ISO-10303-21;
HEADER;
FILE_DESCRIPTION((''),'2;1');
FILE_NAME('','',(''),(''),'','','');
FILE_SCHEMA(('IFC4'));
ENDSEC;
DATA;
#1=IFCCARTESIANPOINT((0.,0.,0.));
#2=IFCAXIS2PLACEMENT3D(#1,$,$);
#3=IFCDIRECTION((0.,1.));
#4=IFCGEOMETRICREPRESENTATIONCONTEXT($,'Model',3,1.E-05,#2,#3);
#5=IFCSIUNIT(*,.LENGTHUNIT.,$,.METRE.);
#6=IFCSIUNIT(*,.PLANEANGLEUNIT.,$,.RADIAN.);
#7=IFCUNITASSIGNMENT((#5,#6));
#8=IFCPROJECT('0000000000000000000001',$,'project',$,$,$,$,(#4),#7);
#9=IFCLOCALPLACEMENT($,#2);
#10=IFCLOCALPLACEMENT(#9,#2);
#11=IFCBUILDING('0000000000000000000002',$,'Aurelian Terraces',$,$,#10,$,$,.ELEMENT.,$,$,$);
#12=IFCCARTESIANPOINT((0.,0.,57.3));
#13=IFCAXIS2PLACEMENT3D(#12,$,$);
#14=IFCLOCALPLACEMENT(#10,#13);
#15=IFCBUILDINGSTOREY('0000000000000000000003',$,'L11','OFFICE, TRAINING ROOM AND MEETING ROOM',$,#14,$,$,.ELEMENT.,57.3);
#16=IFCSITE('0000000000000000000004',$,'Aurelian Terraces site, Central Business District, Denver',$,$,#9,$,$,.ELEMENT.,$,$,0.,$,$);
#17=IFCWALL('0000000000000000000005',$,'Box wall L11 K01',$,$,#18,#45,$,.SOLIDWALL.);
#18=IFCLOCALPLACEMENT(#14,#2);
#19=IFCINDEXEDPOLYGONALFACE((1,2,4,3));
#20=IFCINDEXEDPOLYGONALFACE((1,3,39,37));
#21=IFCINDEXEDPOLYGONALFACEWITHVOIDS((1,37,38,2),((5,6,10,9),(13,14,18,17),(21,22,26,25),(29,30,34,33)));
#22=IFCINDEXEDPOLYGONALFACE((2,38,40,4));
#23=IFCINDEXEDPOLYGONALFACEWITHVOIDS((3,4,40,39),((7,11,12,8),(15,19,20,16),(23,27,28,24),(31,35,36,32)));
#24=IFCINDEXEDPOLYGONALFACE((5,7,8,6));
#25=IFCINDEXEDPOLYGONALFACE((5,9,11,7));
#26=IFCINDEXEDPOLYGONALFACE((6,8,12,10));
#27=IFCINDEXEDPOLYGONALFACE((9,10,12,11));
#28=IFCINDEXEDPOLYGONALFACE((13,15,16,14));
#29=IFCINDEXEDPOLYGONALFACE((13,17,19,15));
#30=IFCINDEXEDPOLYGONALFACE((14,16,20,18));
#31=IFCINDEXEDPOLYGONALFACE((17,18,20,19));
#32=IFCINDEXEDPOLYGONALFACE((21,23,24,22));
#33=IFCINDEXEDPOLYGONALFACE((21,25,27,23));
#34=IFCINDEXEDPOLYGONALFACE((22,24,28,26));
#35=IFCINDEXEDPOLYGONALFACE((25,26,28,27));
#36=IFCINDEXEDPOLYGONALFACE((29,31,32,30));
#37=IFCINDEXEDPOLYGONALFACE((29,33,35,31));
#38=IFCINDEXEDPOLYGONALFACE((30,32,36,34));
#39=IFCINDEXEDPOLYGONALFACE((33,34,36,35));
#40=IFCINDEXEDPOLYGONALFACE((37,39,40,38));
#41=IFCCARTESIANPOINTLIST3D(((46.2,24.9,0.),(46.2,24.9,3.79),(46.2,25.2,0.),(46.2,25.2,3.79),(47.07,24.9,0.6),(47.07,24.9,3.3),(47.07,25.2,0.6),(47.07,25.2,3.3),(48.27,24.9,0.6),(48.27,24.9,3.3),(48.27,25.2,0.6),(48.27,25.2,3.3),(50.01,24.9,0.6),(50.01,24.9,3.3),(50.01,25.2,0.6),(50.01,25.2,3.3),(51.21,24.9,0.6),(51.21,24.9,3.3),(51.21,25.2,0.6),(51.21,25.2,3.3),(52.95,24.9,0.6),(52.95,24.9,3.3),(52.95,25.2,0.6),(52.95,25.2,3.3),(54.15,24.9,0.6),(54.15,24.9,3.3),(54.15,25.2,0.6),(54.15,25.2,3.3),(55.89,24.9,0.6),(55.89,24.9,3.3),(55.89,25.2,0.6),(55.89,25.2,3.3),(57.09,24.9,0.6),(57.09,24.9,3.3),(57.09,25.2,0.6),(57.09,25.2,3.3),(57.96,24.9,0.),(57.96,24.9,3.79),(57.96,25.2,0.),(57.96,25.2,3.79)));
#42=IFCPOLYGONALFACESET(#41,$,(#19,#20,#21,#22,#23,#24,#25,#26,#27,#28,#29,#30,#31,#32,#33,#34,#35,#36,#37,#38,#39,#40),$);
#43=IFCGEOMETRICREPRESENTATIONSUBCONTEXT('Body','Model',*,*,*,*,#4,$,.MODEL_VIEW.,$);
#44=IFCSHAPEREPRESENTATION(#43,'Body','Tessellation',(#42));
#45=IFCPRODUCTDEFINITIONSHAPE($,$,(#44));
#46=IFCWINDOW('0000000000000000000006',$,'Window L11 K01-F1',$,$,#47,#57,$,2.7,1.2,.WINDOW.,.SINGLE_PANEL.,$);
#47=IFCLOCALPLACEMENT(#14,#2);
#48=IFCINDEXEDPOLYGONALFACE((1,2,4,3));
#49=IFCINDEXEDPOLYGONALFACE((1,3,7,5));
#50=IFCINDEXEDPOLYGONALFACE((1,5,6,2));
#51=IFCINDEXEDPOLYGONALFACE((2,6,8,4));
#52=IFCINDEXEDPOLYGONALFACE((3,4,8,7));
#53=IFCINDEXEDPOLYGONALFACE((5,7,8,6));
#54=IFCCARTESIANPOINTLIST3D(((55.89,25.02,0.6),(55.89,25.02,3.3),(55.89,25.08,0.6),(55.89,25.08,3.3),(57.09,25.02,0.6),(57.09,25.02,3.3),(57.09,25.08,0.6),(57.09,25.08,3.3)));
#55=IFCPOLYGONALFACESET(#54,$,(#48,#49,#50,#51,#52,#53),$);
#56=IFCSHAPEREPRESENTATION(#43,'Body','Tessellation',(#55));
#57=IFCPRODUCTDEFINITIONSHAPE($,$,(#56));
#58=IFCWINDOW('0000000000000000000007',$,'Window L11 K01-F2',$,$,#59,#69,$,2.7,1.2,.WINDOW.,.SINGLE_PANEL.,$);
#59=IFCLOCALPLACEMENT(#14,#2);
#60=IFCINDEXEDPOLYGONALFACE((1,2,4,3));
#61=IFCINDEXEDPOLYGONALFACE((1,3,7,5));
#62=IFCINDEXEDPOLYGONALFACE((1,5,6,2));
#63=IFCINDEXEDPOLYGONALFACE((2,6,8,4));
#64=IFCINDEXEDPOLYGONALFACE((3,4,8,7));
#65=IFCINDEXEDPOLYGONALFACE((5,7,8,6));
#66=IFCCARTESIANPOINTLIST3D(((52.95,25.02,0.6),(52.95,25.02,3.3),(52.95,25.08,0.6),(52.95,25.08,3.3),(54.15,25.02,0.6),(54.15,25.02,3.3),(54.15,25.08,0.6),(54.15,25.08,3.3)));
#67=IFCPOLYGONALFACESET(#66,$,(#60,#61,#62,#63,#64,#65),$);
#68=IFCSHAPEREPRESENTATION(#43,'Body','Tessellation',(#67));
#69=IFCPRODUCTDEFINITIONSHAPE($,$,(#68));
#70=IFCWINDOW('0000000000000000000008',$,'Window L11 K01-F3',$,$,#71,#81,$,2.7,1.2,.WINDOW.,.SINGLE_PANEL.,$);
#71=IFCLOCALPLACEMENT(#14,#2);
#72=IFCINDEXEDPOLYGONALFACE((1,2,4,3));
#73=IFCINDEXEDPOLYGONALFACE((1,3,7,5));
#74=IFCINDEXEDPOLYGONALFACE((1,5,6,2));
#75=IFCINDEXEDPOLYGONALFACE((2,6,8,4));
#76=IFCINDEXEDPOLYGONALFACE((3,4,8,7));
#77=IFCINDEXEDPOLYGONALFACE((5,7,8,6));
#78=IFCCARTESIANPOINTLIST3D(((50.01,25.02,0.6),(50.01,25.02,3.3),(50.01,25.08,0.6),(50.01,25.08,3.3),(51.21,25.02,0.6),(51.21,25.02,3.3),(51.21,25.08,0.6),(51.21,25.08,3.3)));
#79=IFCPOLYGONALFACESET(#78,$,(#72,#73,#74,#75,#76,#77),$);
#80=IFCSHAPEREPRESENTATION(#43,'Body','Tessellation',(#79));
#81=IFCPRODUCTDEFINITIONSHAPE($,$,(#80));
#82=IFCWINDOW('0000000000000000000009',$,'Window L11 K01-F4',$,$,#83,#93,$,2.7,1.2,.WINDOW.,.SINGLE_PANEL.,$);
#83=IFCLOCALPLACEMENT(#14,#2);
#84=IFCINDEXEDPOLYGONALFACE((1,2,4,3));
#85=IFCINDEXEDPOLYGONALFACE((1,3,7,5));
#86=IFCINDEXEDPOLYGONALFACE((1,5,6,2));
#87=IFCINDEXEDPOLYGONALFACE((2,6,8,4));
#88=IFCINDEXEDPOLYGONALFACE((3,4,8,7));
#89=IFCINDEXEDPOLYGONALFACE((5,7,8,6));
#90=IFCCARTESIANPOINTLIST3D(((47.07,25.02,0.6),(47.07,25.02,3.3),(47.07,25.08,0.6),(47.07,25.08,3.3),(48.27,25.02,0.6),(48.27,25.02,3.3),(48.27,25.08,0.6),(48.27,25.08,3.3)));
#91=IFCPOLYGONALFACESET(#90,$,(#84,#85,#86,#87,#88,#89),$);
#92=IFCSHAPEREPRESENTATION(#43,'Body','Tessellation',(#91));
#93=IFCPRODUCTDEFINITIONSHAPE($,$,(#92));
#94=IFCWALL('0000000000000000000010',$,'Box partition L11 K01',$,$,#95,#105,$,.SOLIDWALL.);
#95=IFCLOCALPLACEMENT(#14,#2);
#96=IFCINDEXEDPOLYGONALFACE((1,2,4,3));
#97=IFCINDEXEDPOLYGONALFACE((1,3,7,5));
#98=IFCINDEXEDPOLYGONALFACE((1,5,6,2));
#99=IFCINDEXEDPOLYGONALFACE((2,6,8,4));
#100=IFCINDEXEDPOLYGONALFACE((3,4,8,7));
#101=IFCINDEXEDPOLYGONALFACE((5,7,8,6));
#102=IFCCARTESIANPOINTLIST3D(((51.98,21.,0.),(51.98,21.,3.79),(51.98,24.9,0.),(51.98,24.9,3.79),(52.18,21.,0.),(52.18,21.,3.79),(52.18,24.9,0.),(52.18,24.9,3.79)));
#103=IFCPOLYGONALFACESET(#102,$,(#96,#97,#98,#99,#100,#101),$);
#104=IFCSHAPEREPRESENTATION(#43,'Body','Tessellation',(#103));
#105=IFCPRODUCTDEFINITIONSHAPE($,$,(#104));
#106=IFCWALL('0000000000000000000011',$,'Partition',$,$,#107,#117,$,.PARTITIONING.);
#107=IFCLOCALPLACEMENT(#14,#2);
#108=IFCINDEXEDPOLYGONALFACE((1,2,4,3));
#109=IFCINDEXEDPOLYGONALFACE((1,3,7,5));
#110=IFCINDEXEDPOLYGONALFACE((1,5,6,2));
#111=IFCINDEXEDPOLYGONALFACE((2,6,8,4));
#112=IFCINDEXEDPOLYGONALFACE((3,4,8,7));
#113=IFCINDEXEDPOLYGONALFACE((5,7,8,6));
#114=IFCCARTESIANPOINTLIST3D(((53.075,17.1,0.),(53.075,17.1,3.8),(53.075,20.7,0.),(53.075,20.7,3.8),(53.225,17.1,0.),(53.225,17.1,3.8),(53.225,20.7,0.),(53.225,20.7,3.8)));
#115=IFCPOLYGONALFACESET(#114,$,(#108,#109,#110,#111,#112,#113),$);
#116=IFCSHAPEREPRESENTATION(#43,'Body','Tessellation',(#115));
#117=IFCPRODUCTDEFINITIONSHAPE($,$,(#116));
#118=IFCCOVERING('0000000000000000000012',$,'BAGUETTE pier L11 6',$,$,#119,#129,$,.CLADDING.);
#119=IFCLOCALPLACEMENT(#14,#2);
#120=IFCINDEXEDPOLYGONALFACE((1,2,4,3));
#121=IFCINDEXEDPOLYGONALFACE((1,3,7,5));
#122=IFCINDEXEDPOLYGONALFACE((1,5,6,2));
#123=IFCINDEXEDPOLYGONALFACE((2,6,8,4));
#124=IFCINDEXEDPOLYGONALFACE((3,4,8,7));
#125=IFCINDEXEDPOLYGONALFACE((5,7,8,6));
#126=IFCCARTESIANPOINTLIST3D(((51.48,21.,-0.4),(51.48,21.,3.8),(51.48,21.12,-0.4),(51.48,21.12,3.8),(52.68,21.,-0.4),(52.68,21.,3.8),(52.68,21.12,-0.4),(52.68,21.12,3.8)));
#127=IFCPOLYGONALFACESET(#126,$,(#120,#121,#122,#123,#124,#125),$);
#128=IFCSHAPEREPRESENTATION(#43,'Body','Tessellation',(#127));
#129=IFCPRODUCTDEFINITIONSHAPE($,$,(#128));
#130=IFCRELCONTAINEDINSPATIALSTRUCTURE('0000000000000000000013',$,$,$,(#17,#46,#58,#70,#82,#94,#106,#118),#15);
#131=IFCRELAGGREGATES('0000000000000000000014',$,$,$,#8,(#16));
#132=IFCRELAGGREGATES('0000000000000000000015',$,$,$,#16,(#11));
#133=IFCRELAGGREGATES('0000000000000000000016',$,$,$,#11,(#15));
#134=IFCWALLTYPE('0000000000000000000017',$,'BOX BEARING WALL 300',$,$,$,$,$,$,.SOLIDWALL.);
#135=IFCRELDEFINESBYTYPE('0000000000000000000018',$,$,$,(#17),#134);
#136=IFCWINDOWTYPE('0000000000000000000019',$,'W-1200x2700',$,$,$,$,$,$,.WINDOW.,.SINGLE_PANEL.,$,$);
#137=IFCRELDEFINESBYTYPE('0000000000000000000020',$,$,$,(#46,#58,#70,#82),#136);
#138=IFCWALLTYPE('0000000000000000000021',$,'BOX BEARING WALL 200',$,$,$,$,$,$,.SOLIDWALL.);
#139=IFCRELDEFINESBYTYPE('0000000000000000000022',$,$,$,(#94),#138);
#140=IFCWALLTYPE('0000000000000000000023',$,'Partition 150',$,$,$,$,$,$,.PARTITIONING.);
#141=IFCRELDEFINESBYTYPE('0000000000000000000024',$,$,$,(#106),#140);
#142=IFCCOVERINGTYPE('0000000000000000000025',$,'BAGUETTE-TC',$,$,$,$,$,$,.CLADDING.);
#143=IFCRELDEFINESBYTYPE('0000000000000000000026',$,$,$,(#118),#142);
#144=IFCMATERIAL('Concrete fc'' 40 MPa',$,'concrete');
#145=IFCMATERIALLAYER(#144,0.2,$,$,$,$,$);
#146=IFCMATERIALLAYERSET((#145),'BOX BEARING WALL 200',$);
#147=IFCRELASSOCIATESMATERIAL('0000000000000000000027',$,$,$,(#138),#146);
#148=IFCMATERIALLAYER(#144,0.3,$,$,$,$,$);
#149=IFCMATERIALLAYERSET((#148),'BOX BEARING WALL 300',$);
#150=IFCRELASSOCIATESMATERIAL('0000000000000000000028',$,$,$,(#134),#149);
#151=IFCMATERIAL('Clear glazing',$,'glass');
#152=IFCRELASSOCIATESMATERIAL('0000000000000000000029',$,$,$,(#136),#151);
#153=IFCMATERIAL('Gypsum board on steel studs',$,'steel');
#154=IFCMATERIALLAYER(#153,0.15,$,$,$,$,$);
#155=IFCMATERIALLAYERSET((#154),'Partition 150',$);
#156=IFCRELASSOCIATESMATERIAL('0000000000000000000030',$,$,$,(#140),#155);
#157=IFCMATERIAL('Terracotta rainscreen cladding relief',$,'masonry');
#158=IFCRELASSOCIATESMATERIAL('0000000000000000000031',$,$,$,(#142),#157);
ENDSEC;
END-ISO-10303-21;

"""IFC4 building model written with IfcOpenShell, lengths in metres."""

from ifc_helpers import new_model, si_unit, direction, frame, frame_2d, origin, origin_2d, place, context, subcontext, project, spatial, rectangle, extrude, source, transform, mapped, material, layer, layer_set, type_object, element, fill, save


model = new_model("IFC4")

# Units and contexts
model_context = context("Model", 3, precision=1e-05, world=origin(), true_north=direction((0.0, 1.0)))
body_context = subcontext(model_context, "Body", "Model", "MODEL_VIEW")
ifc_project = project(units=[si_unit("LENGTHUNIT", "METRE"), si_unit("PLANEANGLEUNIT", "RADIAN")], contexts=[model_context])

# Site, building, storey
site_placement = place(None, origin())
site = spatial("IfcSite", under=ifc_project, at=site_placement, Name="Aurelian Terraces site, Central Business District, Denver", CompositionType="ELEMENT", RefElevation=0.0)
building_placement = place(site_placement, origin())
building = spatial("IfcBuilding", under=site, at=building_placement, Name="Aurelian Terraces", CompositionType="ELEMENT")
storey_placement = place(building_placement, frame((0.0, 0.0, 57.3)))
storey = spatial("IfcBuildingStorey", under=building, at=storey_placement, Name="L11", Description="OFFICE, TRAINING ROOM AND MEETING ROOM", CompositionType="ELEMENT", Elevation=57.3)

# Shared definitions
ifc_material_1 = material(Name="Concrete fc' 40 MPa", Category="concrete")
ifc_layer_1 = layer(ifc_material_1, 0.2)
ifc_layer_set_1 = layer_set([ifc_layer_1], Name="BOX BEARING WALL 200")
wall_type_1 = type_object("IfcWallType", Name="BOX BEARING WALL 200", PredefinedType="SOLIDWALL", material=ifc_layer_set_1)
ifc_material_2 = material(Name="Clear glazing", Category="glass")

# Wall, openings, windows
ifc_layer_2 = layer(ifc_material_1, 0.3)
ifc_layer_set_2 = layer_set([ifc_layer_2], Name="BOX BEARING WALL 300")
wall_type_2 = type_object("IfcWallType", Name="BOX BEARING WALL 300", PredefinedType="SOLIDWALL", material=ifc_layer_set_2)
shared_shape_1 = source(origin(), body_context, "Body", "SweptSolid", [
    extrude(rectangle(XDim=11.76, YDim=0.3, at=frame_2d((5.88, 0.0))), origin(), (0.0, 0.0, 1.0), 3.79),
])
wall_1_placement = place(storey_placement, frame((57.96, 25.05, 0.0), z_axis=(0.0, 0.0, 1.0), x_axis=(-1.0, 0.0, 0.0)))
wall_1 = element("IfcWall", 1, at=wall_1_placement, inside=storey, type_object=wall_type_2, Name="Box wall L11 K01", PredefinedType="SOLIDWALL", context=body_context, shape_type="MappedRepresentation", body=[
    mapped(shared_shape_1, transform((0.0, 0.0, 0.0), scale=1.0)),
])
shared_shape_2 = source(origin(), body_context, "Body", "SweptSolid", [
    extrude(rectangle(XDim=1.2, YDim=2.7, at=frame_2d((0.6, 1.35))), frame((0.0, 0.16, 0.0), z_axis=(0.0, -1.0, 0.0), x_axis=(1.0, 0.0, 0.0)), (0.0, 0.0, 1.0), 0.32),
])
opening_1_placement = place(wall_1_placement, frame((0.87, 0.0, 0.6)))
opening_1 = element("IfcOpeningElement", 2, at=opening_1_placement, cuts=wall_1, PredefinedType="OPENING", context=body_context, shape_type="MappedRepresentation", body=[
    mapped(shared_shape_2, transform((0.0, 0.0, 0.0), scale=1.0)),
])
opening_2_placement = place(wall_1_placement, frame((3.81, 0.0, 0.6)))
opening_2 = element("IfcOpeningElement", 3, at=opening_2_placement, cuts=wall_1, PredefinedType="OPENING", context=body_context, shape_type="MappedRepresentation", body=[
    mapped(shared_shape_2, transform((0.0, 0.0, 0.0), scale=1.0)),
])
opening_3_placement = place(wall_1_placement, frame((6.75, 0.0, 0.6)))
opening_3 = element("IfcOpeningElement", 4, at=opening_3_placement, cuts=wall_1, PredefinedType="OPENING", context=body_context, shape_type="MappedRepresentation", body=[
    mapped(shared_shape_2, transform((0.0, 0.0, 0.0), scale=1.0)),
])
opening_4_placement = place(wall_1_placement, frame((9.69, 0.0, 0.6)))
opening_4 = element("IfcOpeningElement", 5, at=opening_4_placement, cuts=wall_1, PredefinedType="OPENING", context=body_context, shape_type="MappedRepresentation", body=[
    mapped(shared_shape_2, transform((0.0, 0.0, 0.0), scale=1.0)),
])
window_type_1 = type_object("IfcWindowType", Name="W-1200x2700", PartitioningType="SINGLE_PANEL", PredefinedType="WINDOW", material=ifc_material_2)
shared_shape_3 = source(origin(), body_context, "Body", "SweptSolid", [
    extrude(rectangle(XDim=1.2, YDim=2.7, at=frame_2d((0.6, 1.35))), frame((0.0, 0.03, 0.0), z_axis=(0.0, -1.0, 0.0), x_axis=(1.0, 0.0, 0.0)), (0.0, 0.0, 1.0), 0.06),
])
window_1_placement = place(opening_1_placement, origin())
window_1 = element("IfcWindow", 6, at=window_1_placement, inside=storey, type_object=window_type_1, Name="Window L11 K01-F1", OverallHeight=2.7, OverallWidth=1.2, PartitioningType="SINGLE_PANEL", PredefinedType="WINDOW", context=body_context, shape_type="MappedRepresentation", body=[
    mapped(shared_shape_3, transform((0.0, 0.0, 0.0), scale=1.0)),
])
fill(opening_1, window_1)
window_2_placement = place(opening_2_placement, origin())
window_2 = element("IfcWindow", 7, at=window_2_placement, inside=storey, type_object=window_type_1, Name="Window L11 K01-F2", OverallHeight=2.7, OverallWidth=1.2, PartitioningType="SINGLE_PANEL", PredefinedType="WINDOW", context=body_context, shape_type="MappedRepresentation", body=[
    mapped(shared_shape_3, transform((0.0, 0.0, 0.0), scale=1.0)),
])
fill(opening_2, window_2)
window_3_placement = place(opening_3_placement, origin())
window_3 = element("IfcWindow", 8, at=window_3_placement, inside=storey, type_object=window_type_1, Name="Window L11 K01-F3", OverallHeight=2.7, OverallWidth=1.2, PartitioningType="SINGLE_PANEL", PredefinedType="WINDOW", context=body_context, shape_type="MappedRepresentation", body=[
    mapped(shared_shape_3, transform((0.0, 0.0, 0.0), scale=1.0)),
])
fill(opening_3, window_3)
window_4_placement = place(opening_4_placement, origin())
window_4 = element("IfcWindow", 9, at=window_4_placement, inside=storey, type_object=window_type_1, Name="Window L11 K01-F4", OverallHeight=2.7, OverallWidth=1.2, PartitioningType="SINGLE_PANEL", PredefinedType="WINDOW", context=body_context, shape_type="MappedRepresentation", body=[
    mapped(shared_shape_3, transform((0.0, 0.0, 0.0), scale=1.0)),
])
fill(opening_4, window_4)

# Walls
shared_shape_4 = source(origin(), body_context, "Body", "SweptSolid", [
    extrude(rectangle(XDim=3.9, YDim=0.2, at=frame_2d((1.95, 0.0))), origin(), (0.0, 0.0, 1.0), 3.79),
])
wall_2_placement = place(storey_placement, frame((52.08, 21.0, 0.0), z_axis=(0.0, 0.0, 1.0), x_axis=(0.0, 1.0, 0.0)))
element("IfcWall", 10, at=wall_2_placement, inside=storey, type_object=wall_type_1, Name="Box partition L11 K01", PredefinedType="SOLIDWALL", context=body_context, shape_type="MappedRepresentation", body=[
    mapped(shared_shape_4, transform((0.0, 0.0, 0.0), scale=1.0)),
])
ifc_material_3 = material(Name="Gypsum board on steel studs", Category="steel")
ifc_layer_3 = layer(ifc_material_3, 0.15)
ifc_layer_set_3 = layer_set([ifc_layer_3], Name="Partition 150")
wall_type_3 = type_object("IfcWallType", Name="Partition 150", PredefinedType="PARTITIONING", material=ifc_layer_set_3)
shared_shape_5 = source(origin(), body_context, "Body", "SweptSolid", [
    extrude(rectangle(XDim=3.6, YDim=0.15, at=frame_2d((1.8, 0.0))), origin(), (0.0, 0.0, 1.0), 3.8),
])
wall_3_placement = place(storey_placement, frame((53.15, 20.7, 0.0), z_axis=(0.0, 0.0, 1.0), x_axis=(0.0, -1.0, 0.0)))
element("IfcWall", 11, at=wall_3_placement, inside=storey, type_object=wall_type_3, Name="Partition", PredefinedType="PARTITIONING", context=body_context, shape_type="MappedRepresentation", body=[
    mapped(shared_shape_5, transform((0.0, 0.0, 0.0), scale=1.0)),
])

# Covering
ifc_material_4 = material(Name="Terracotta rainscreen cladding relief", Category="masonry")
covering_type = type_object("IfcCoveringType", Name="BAGUETTE-TC", PredefinedType="CLADDING", material=ifc_material_4)
shared_shape_6 = source(origin(), body_context, "Body", "SweptSolid", [
    extrude(rectangle(XDim=1.2, YDim=0.12, at=origin_2d()), origin(), (0.0, 0.0, 1.0), 4.2),
])
covering_placement = place(storey_placement, frame((52.08, 21.06, -0.4), z_axis=(0.0, 0.0, 1.0), x_axis=(1.0, 0.0, 0.0)))
element("IfcCovering", 12, at=covering_placement, inside=storey, type_object=covering_type, Name="BAGUETTE pier L11 6", PredefinedType="CLADDING", context=body_context, shape_type="MappedRepresentation", body=[
    mapped(shared_shape_6, transform((0.0, 0.0, 0.0), scale=1.0)),
])

save(model, "model.ifc")
